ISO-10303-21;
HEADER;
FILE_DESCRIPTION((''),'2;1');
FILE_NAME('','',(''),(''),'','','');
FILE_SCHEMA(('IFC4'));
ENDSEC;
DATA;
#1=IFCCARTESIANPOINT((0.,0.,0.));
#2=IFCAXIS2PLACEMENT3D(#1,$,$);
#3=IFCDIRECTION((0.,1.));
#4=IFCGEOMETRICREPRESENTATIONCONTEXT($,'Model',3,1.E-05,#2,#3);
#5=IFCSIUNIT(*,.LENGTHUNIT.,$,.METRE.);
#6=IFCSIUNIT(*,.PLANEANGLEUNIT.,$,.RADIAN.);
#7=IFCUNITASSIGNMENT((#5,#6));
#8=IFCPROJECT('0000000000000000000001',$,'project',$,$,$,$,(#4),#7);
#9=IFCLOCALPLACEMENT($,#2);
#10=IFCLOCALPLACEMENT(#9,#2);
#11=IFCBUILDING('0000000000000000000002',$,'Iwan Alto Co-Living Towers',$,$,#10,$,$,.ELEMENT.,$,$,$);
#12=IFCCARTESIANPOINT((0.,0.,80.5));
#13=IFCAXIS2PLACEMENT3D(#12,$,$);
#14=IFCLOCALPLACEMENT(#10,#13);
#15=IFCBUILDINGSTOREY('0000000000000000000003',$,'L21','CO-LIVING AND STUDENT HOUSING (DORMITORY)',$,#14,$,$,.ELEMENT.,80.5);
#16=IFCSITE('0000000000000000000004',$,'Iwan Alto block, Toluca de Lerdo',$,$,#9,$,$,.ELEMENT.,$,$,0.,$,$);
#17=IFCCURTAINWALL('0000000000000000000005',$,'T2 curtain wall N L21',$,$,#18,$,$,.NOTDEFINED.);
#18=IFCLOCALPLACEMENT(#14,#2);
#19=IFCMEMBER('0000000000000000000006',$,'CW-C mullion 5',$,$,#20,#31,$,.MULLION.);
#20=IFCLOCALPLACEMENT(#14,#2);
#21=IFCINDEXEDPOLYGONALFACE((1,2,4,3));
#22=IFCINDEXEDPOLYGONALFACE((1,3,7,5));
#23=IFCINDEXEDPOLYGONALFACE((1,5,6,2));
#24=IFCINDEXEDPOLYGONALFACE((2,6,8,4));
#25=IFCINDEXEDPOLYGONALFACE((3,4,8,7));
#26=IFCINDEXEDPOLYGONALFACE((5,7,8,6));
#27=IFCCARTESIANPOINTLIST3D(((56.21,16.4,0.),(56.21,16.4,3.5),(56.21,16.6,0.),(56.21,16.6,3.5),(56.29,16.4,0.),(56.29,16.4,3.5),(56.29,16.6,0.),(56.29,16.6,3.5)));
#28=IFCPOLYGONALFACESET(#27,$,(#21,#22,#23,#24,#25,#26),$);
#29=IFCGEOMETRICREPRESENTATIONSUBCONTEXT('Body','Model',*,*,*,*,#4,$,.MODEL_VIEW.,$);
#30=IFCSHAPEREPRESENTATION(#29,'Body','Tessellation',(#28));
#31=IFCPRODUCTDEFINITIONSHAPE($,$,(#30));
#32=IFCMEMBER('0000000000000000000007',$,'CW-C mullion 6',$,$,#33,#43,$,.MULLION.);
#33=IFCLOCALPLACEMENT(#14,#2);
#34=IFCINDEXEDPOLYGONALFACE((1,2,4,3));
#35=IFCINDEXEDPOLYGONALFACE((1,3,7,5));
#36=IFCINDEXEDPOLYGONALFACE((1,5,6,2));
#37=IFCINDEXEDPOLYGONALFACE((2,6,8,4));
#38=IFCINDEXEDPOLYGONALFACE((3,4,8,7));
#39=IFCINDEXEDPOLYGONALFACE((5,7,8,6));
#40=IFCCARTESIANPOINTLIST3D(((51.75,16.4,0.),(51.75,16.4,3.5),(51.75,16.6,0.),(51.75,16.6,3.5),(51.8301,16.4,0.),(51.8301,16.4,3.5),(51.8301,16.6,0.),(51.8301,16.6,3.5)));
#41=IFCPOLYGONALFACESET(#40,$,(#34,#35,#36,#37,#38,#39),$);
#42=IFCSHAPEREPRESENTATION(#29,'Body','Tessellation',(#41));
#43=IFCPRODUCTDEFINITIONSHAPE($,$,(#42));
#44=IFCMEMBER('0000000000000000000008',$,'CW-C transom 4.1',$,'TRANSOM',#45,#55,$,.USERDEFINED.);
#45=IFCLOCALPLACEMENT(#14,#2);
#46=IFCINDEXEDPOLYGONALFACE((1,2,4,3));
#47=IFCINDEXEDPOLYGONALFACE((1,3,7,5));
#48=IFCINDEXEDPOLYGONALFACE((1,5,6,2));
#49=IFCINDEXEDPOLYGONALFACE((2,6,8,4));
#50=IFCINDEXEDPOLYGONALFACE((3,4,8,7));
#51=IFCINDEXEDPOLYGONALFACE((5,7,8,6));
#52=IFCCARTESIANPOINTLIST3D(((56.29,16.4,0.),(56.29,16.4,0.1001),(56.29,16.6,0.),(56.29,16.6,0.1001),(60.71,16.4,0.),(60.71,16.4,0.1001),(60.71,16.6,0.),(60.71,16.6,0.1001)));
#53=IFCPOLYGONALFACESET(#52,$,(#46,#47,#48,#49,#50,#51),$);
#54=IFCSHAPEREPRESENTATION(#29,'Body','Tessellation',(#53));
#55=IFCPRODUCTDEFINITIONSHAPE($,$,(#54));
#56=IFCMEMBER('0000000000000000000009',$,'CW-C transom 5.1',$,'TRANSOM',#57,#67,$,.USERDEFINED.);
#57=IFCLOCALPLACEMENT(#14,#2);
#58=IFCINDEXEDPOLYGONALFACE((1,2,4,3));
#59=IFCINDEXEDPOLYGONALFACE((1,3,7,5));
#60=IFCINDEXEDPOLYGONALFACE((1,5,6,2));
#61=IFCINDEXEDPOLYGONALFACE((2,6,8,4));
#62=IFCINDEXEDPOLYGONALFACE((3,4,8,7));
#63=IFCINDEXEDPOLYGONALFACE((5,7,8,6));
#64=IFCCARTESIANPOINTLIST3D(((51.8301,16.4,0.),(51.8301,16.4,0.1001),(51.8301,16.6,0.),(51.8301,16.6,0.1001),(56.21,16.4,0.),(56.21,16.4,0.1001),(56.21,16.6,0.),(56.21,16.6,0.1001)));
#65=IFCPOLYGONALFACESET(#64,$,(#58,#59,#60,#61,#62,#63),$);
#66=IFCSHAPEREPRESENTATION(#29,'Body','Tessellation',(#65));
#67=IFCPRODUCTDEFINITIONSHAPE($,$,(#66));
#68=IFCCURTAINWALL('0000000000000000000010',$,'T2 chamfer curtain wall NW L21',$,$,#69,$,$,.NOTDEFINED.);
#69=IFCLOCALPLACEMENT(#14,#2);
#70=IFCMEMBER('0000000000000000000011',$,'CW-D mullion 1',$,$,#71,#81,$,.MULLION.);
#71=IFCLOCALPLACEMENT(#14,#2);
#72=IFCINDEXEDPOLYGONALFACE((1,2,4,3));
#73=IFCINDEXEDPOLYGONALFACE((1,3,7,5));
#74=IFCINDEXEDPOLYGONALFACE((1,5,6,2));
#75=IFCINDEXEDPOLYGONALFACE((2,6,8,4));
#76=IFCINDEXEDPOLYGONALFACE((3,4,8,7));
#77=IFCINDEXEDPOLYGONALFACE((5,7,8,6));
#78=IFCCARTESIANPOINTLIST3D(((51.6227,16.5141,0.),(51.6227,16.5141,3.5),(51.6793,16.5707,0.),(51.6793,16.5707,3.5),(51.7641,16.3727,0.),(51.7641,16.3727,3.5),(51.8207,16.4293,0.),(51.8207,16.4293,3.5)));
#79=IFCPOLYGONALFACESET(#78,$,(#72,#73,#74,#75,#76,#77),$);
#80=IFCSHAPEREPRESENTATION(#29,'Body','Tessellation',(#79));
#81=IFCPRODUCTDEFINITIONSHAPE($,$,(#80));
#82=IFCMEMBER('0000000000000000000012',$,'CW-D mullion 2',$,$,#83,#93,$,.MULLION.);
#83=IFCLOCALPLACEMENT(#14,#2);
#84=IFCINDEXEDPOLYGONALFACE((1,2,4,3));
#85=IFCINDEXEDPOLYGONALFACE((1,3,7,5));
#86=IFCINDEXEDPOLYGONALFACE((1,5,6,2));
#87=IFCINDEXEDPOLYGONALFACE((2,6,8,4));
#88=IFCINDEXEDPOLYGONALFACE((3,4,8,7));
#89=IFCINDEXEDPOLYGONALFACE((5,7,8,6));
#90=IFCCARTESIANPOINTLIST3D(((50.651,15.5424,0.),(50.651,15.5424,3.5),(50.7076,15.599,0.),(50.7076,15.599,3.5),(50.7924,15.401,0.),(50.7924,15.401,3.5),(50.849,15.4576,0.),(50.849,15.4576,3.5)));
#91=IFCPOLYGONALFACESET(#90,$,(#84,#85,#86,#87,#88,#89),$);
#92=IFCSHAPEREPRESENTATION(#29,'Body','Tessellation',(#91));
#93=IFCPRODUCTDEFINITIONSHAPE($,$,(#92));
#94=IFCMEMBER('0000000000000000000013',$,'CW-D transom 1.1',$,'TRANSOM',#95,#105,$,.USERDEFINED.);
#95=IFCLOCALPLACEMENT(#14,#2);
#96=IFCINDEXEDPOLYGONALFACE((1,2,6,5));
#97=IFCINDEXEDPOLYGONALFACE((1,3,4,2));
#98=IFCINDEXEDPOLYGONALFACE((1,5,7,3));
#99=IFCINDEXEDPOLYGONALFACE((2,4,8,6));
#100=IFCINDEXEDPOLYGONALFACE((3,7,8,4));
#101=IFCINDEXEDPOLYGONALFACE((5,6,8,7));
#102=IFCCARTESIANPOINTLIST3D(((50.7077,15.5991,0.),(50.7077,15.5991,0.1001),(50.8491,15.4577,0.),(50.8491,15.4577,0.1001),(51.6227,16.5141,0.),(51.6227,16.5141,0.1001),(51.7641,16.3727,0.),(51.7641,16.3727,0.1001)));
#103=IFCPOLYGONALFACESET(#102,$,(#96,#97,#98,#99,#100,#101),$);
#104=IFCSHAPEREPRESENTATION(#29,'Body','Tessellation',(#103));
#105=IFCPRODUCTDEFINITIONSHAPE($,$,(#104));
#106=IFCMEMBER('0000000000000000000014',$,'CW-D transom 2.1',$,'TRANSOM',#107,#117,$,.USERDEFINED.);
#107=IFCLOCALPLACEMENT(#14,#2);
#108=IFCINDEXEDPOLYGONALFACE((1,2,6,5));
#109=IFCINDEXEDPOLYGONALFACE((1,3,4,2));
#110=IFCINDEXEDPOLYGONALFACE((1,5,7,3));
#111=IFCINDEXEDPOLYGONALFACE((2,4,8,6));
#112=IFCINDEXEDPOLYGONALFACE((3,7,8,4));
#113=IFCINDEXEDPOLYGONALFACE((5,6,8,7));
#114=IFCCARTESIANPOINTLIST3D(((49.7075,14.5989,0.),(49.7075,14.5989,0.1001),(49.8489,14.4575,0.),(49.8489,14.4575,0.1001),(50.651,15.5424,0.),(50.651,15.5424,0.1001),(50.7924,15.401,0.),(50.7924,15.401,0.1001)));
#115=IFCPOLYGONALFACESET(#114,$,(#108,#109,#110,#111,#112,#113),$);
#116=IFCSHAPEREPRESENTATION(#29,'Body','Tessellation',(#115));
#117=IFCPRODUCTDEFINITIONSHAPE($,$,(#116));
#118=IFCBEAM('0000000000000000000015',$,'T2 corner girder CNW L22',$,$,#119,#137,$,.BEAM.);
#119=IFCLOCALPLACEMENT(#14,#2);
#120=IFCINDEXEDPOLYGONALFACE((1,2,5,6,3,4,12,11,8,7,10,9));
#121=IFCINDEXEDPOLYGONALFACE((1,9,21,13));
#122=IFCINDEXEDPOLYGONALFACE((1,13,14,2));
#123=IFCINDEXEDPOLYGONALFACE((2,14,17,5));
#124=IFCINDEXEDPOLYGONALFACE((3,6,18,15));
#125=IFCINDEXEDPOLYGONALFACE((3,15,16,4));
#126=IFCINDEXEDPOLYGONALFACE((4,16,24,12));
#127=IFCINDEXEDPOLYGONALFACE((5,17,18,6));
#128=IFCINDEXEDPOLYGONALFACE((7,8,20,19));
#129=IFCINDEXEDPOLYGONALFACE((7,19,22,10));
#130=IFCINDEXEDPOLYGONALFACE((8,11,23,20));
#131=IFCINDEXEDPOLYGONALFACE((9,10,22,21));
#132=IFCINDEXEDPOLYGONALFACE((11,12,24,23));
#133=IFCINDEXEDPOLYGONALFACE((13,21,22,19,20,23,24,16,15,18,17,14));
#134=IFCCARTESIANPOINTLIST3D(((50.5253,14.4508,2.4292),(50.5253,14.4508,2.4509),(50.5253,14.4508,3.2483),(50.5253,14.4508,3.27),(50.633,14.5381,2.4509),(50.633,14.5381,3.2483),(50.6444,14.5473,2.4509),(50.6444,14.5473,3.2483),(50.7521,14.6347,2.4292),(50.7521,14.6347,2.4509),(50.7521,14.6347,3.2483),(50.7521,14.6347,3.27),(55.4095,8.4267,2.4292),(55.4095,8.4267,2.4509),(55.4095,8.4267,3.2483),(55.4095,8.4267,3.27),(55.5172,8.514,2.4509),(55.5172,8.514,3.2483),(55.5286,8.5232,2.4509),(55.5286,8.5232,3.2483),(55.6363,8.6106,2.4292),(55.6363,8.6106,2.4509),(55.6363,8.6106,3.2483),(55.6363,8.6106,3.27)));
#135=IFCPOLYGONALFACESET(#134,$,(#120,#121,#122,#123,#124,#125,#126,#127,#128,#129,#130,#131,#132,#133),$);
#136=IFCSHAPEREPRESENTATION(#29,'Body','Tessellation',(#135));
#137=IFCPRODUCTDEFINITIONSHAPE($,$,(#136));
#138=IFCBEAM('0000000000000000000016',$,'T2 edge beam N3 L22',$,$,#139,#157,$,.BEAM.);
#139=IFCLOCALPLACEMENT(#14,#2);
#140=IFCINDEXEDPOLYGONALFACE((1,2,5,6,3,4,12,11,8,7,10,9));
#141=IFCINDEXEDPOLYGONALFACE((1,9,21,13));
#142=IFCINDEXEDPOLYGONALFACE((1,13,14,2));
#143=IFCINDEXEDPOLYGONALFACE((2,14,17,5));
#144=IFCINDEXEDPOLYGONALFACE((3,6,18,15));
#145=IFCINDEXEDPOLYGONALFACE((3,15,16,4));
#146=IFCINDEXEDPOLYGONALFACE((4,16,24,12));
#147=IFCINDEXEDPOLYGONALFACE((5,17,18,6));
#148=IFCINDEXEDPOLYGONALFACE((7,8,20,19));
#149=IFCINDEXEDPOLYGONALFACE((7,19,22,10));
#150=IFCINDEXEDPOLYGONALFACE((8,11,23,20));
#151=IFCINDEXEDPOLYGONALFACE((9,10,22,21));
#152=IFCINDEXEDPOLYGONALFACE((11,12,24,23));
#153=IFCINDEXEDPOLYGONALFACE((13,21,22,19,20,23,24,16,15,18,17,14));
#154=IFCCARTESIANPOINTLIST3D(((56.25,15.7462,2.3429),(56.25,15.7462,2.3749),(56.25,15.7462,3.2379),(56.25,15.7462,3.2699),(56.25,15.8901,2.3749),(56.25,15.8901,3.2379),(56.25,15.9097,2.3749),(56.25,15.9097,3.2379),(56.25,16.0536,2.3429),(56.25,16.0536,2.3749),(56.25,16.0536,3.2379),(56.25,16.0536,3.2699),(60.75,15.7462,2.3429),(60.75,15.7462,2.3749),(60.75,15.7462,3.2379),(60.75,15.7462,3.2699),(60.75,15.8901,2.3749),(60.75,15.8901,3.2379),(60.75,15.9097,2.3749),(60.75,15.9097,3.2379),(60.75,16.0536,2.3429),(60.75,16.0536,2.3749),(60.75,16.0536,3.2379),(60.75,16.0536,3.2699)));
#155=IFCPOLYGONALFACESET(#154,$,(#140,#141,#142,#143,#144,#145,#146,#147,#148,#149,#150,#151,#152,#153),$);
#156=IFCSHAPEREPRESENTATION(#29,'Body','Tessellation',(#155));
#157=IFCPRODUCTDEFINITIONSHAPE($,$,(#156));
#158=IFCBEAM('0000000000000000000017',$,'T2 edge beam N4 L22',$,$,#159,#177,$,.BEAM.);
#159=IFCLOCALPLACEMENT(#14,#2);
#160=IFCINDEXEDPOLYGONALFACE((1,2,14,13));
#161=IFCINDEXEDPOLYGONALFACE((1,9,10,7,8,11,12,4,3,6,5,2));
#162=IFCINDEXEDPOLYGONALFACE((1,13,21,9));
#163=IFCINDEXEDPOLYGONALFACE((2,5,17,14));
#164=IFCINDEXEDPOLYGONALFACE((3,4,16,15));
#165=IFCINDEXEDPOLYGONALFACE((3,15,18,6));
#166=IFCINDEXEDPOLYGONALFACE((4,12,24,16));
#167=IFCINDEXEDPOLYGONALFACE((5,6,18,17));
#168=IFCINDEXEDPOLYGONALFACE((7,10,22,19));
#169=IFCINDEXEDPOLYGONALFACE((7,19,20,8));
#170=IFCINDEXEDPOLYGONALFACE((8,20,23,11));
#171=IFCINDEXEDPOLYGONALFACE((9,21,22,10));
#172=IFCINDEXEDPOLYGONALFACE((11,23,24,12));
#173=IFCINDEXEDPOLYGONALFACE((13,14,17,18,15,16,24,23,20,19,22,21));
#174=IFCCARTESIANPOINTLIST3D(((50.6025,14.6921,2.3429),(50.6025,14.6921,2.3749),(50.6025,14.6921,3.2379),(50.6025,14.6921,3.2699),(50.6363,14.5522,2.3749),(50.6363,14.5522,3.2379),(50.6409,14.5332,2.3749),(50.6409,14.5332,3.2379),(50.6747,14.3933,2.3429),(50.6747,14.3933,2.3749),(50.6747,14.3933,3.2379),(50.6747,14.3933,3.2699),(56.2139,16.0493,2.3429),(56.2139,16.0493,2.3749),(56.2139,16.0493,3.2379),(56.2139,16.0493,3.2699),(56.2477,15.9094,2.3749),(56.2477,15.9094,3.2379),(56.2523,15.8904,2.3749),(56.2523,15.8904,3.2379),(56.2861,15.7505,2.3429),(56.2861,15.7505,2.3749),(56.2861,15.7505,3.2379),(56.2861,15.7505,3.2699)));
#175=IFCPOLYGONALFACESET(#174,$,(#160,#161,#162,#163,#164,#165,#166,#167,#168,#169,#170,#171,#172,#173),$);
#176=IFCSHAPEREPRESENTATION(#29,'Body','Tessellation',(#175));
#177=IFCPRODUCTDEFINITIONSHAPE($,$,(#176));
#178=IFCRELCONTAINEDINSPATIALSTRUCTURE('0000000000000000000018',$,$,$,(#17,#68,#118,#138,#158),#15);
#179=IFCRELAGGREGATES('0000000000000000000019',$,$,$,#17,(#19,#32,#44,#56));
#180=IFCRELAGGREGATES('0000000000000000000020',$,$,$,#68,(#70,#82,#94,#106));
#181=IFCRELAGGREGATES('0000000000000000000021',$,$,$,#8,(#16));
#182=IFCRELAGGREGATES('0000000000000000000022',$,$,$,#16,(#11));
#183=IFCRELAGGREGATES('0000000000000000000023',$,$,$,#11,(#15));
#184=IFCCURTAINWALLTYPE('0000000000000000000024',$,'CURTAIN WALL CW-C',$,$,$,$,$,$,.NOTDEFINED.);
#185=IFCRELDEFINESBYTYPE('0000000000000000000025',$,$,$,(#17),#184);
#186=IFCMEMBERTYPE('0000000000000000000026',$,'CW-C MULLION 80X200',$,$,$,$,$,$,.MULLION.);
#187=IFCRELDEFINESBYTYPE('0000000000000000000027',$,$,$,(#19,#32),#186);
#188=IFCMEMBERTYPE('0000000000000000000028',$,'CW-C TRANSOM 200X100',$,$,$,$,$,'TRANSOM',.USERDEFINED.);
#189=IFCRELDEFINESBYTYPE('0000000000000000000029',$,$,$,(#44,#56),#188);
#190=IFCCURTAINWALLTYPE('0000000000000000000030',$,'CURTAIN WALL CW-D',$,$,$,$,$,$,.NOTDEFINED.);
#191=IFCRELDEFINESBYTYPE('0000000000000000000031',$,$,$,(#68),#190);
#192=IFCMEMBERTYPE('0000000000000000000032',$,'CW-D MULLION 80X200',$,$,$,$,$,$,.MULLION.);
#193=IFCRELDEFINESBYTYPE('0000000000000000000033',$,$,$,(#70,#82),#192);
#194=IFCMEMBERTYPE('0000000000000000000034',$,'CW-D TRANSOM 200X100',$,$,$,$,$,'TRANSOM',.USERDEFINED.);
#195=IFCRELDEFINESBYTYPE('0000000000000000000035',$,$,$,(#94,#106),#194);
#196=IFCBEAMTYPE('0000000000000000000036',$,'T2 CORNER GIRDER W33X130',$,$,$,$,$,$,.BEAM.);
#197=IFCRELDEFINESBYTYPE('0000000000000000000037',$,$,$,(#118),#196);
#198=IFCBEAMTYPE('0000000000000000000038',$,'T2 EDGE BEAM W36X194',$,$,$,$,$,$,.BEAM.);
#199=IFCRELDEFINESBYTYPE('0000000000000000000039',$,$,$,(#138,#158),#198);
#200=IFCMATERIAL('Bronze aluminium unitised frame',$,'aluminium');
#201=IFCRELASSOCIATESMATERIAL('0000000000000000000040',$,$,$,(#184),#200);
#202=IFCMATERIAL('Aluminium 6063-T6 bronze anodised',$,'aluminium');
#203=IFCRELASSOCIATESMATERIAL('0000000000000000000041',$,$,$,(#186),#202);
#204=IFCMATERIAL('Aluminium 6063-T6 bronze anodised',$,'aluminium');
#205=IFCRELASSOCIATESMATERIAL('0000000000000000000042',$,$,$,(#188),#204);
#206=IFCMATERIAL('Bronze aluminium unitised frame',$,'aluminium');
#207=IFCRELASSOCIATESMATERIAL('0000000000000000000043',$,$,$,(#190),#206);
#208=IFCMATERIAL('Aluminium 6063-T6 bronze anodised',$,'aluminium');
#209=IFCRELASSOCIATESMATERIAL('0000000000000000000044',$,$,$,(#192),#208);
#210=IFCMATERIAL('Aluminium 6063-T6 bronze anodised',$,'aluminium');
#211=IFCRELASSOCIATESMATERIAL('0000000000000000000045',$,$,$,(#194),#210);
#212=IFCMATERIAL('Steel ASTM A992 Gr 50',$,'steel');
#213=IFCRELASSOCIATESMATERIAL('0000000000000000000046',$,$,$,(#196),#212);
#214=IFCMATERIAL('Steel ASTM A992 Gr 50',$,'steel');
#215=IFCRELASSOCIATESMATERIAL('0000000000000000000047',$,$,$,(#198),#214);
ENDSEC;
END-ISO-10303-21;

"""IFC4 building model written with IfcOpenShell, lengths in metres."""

from ifc_helpers import new_model, si_unit, direction, frame, origin, origin_2d, place, context, subcontext, project, spatial, rectangle, i_section, extrude, material, material_profile, profile_set, type_object, element, aggregate, save


model = new_model("IFC4")

# Units and contexts
model_context = context("Model", 3, precision=1e-05, world=origin(), true_north=direction((0.0, 1.0)))
body_context = subcontext(model_context, "Body", "Model", "MODEL_VIEW")
ifc_project = project(units=[si_unit("LENGTHUNIT", "METRE"), si_unit("PLANEANGLEUNIT", "RADIAN")], contexts=[model_context])

# Site, building, storey
site_placement = place(None, origin())
site = spatial("IfcSite", under=ifc_project, at=site_placement, Name="Iwan Alto block, Toluca de Lerdo", CompositionType="ELEMENT", RefElevation=0.0)
building_placement = place(site_placement, origin())
building = spatial("IfcBuilding", under=site, at=building_placement, Name="Iwan Alto Co-Living Towers", CompositionType="ELEMENT")
storey_placement = place(building_placement, frame((0.0, 0.0, 80.5)))
storey = spatial("IfcBuildingStorey", under=building, at=storey_placement, Name="L21", Description="CO-LIVING AND STUDENT HOUSING (DORMITORY)", CompositionType="ELEMENT", Elevation=80.5)

# Curtain walls, members
ifc_material_1 = material(Name="Bronze aluminium unitised frame", Category="aluminium")
curtain_wall_type_1 = type_object("IfcCurtainWallType", Name="CURTAIN WALL CW-C", PredefinedType="NOTDEFINED", material=ifc_material_1)
curtain_wall_1_placement = place(storey_placement, origin())
curtain_wall_1 = element("IfcCurtainWall", 1, at=curtain_wall_1_placement, inside=storey, type_object=curtain_wall_type_1, Name="T2 curtain wall N L21", PredefinedType="NOTDEFINED")
ifc_material_2 = material(Name="Aluminium 6063-T6 bronze anodised", Category="aluminium")
ifc_material_profile_1 = material_profile(ifc_material_2, rectangle(XDim=0.2, YDim=0.0801, at=origin_2d()), Name="AL 80X200")
ifc_profile_set_1 = profile_set([ifc_material_profile_1], Name="Aluminium 6063-T6 bronze anodised")
member_type_1 = type_object("IfcMemberType", Name="CW-C MULLION 80X200", PredefinedType="MULLION", material=ifc_profile_set_1)
member_1_placement = place(storey_placement, frame((56.25, 16.5, 0.0), z_axis=(0.0, 0.0, 1.0), x_axis=(0.0, -1.0, 0.0)))
member_1 = element("IfcMember", 2, at=member_1_placement, type_object=member_type_1, Name="CW-C mullion 5", PredefinedType="MULLION", context=body_context, shape_type="SweptSolid", body=[
    extrude(rectangle(XDim=0.2, YDim=0.0801, at=origin_2d()), origin(), (0.0, 0.0, 1.0), 3.5),
])
member_2_placement = place(storey_placement, frame((51.79, 16.5, 0.0), z_axis=(0.0, 0.0, 1.0), x_axis=(0.0, -1.0, 0.0)))
member_2 = element("IfcMember", 3, at=member_2_placement, type_object=member_type_1, Name="CW-C mullion 6", PredefinedType="MULLION", context=body_context, shape_type="SweptSolid", body=[
    extrude(rectangle(XDim=0.2, YDim=0.0801, at=origin_2d()), origin(), (0.0, 0.0, 1.0), 3.5),
])
ifc_material_3 = material(Name="Aluminium 6063-T6 bronze anodised", Category="aluminium")
ifc_material_profile_2 = material_profile(ifc_material_3, rectangle(XDim=0.2, YDim=0.1001, at=origin_2d()), Name="AL 200X100")
ifc_profile_set_2 = profile_set([ifc_material_profile_2], Name="Aluminium 6063-T6 bronze anodised")
member_type_2 = type_object("IfcMemberType", Name="CW-C TRANSOM 200X100", ElementType="TRANSOM", PredefinedType="USERDEFINED", material=ifc_profile_set_2)
member_3_placement = place(storey_placement, frame((60.71, 16.5, 0.05), z_axis=(-1.0, 0.0, 0.0), x_axis=(0.0, -1.0, 0.0)))
member_3 = element("IfcMember", 4, at=member_3_placement, type_object=member_type_2, Name="CW-C transom 4.1", ObjectType="TRANSOM", PredefinedType="USERDEFINED", context=body_context, shape_type="SweptSolid", body=[
    extrude(rectangle(XDim=0.2, YDim=0.1001, at=origin_2d()), origin(), (0.0, 0.0, 1.0), 4.4199),
])
member_4_placement = place(storey_placement, frame((56.21, 16.5, 0.05), z_axis=(-1.0, 0.0, 0.0), x_axis=(0.0, -1.0, 0.0)))
member_4 = element("IfcMember", 5, at=member_4_placement, type_object=member_type_2, Name="CW-C transom 5.1", ObjectType="TRANSOM", PredefinedType="USERDEFINED", context=body_context, shape_type="SweptSolid", body=[
    extrude(rectangle(XDim=0.2, YDim=0.1001, at=origin_2d()), origin(), (0.0, 0.0, 1.0), 4.3799),
])
ifc_material_4 = material(Name="Bronze aluminium unitised frame", Category="aluminium")
curtain_wall_type_2 = type_object("IfcCurtainWallType", Name="CURTAIN WALL CW-D", PredefinedType="NOTDEFINED", material=ifc_material_4)
curtain_wall_2_placement = place(storey_placement, origin())
curtain_wall_2 = element("IfcCurtainWall", 6, at=curtain_wall_2_placement, inside=storey, type_object=curtain_wall_type_2, Name="T2 chamfer curtain wall NW L21", PredefinedType="NOTDEFINED")
ifc_material_5 = material(Name="Aluminium 6063-T6 bronze anodised", Category="aluminium")
ifc_material_profile_3 = material_profile(ifc_material_5, rectangle(XDim=0.2, YDim=0.0801, at=origin_2d()), Name="AL 80X200")
ifc_profile_set_3 = profile_set([ifc_material_profile_3], Name="Aluminium 6063-T6 bronze anodised")
member_type_3 = type_object("IfcMemberType", Name="CW-D MULLION 80X200", PredefinedType="MULLION", material=ifc_profile_set_3)
member_5_placement = place(storey_placement, frame((51.7217, 16.4717, 0.0), z_axis=(0.0, 0.0, 1.0), x_axis=(0.707107, -0.707107, 0.0)))
member_5 = element("IfcMember", 7, at=member_5_placement, type_object=member_type_3, Name="CW-D mullion 1", PredefinedType="MULLION", context=body_context, shape_type="SweptSolid", body=[
    extrude(rectangle(XDim=0.2, YDim=0.0801, at=origin_2d()), origin(), (0.0, 0.0, 1.0), 3.5),
])
member_6_placement = place(storey_placement, frame((50.75, 15.5, 0.0), z_axis=(0.0, 0.0, 1.0), x_axis=(0.707107, -0.707107, 0.0)))
member_6 = element("IfcMember", 8, at=member_6_placement, type_object=member_type_3, Name="CW-D mullion 2", PredefinedType="MULLION", context=body_context, shape_type="SweptSolid", body=[
    extrude(rectangle(XDim=0.2, YDim=0.0801, at=origin_2d()), origin(), (0.0, 0.0, 1.0), 3.5),
])
ifc_material_6 = material(Name="Aluminium 6063-T6 bronze anodised", Category="aluminium")
ifc_material_profile_4 = material_profile(ifc_material_6, rectangle(XDim=0.2, YDim=0.1001, at=origin_2d()), Name="AL 200X100")
ifc_profile_set_4 = profile_set([ifc_material_profile_4], Name="Aluminium 6063-T6 bronze anodised")
member_type_4 = type_object("IfcMemberType", Name="CW-D TRANSOM 200X100", ElementType="TRANSOM", PredefinedType="USERDEFINED", material=ifc_profile_set_4)
member_7_placement = place(storey_placement, frame((51.6934, 16.4434, 0.05), z_axis=(-0.707107, -0.707107, 0.0), x_axis=(0.707107, -0.707107, 0.0)))
member_7 = element("IfcMember", 9, at=member_7_placement, type_object=member_type_4, Name="CW-D transom 1.1", ObjectType="TRANSOM", PredefinedType="USERDEFINED", context=body_context, shape_type="SweptSolid", body=[
    extrude(rectangle(XDim=0.2, YDim=0.1001, at=origin_2d()), origin(), (0.0, 0.0, 1.0), 1.2939),
])
member_8_placement = place(storey_placement, frame((50.7217, 15.4717, 0.05), z_axis=(-0.707107, -0.707107, 0.0), x_axis=(0.707107, -0.707107, 0.0)))
member_8 = element("IfcMember", 10, at=member_8_placement, type_object=member_type_4, Name="CW-D transom 2.1", ObjectType="TRANSOM", PredefinedType="USERDEFINED", context=body_context, shape_type="SweptSolid", body=[
    extrude(rectangle(XDim=0.2, YDim=0.1001, at=origin_2d()), origin(), (0.0, 0.0, 1.0), 1.3342),
])

# Beams
ifc_material_7 = material(Name="Steel ASTM A992 Gr 50", Category="steel")
ifc_material_profile_5 = material_profile(ifc_material_7, i_section(OverallWidth=0.292, OverallDepth=0.8408, WebThickness=0.0146, FlangeThickness=0.0217, at=origin_2d()), Name="W33X130")
ifc_profile_set_5 = profile_set([ifc_material_profile_5], Name="Steel ASTM A992 Gr 50")
beam_type_1 = type_object("IfcBeamType", Name="T2 CORNER GIRDER W33X130", PredefinedType="BEAM", material=ifc_profile_set_5)
beam_1_placement = place(storey_placement, frame((50.6387, 14.5427, 2.8496), z_axis=(0.629788, -0.776767, 0.0), x_axis=(0.776767, 0.629788, 0.0)))
element("IfcBeam", 11, at=beam_1_placement, inside=storey, type_object=beam_type_1, Name="T2 corner girder CNW L22", PredefinedType="BEAM", context=body_context, shape_type="SweptSolid", body=[
    extrude(i_section(OverallWidth=0.292, OverallDepth=0.8408, WebThickness=0.0146, FlangeThickness=0.0217, at=origin_2d()), origin(), (0.0, 0.0, 1.0), 7.7554),
])
ifc_material_8 = material(Name="Steel ASTM A992 Gr 50", Category="steel")
ifc_material_profile_6 = material_profile(ifc_material_8, i_section(OverallWidth=0.3074, OverallDepth=0.927, WebThickness=0.0195, FlangeThickness=0.032, at=origin_2d()), Name="W36X194")
ifc_profile_set_6 = profile_set([ifc_material_profile_6], Name="Steel ASTM A992 Gr 50")
beam_type_2 = type_object("IfcBeamType", Name="T2 EDGE BEAM W36X194", PredefinedType="BEAM", material=ifc_profile_set_6)
beam_2_placement = place(storey_placement, frame((60.75, 15.8999, 2.8064), z_axis=(-1.0, 0.0, 0.0), x_axis=(0.0, -1.0, 0.0)))
element("IfcBeam", 12, at=beam_2_placement, inside=storey, type_object=beam_type_2, Name="T2 edge beam N3 L22", PredefinedType="BEAM", context=body_context, shape_type="SweptSolid", body=[
    extrude(i_section(OverallWidth=0.3074, OverallDepth=0.927, WebThickness=0.0195, FlangeThickness=0.032, at=origin_2d()), origin(), (0.0, 0.0, 1.0), 4.5),
])
beam_3_placement = place(storey_placement, frame((56.25, 15.8999, 2.8064), z_axis=(-0.971975, -0.235086, 0.0), x_axis=(0.235086, -0.971975, 0.0)))
element("IfcBeam", 13, at=beam_3_placement, inside=storey, type_object=beam_type_2, Name="T2 edge beam N4 L22", PredefinedType="BEAM", context=body_context, shape_type="SweptSolid", body=[
    extrude(i_section(OverallWidth=0.3074, OverallDepth=0.927, WebThickness=0.0195, FlangeThickness=0.032, at=origin_2d()), origin(), (0.0, 0.0, 1.0), 5.7732),
])

aggregate(curtain_wall_1, [member_1, member_2, member_3, member_4])
aggregate(curtain_wall_2, [member_5, member_6, member_7, member_8])

save(model, "model.ifc")
